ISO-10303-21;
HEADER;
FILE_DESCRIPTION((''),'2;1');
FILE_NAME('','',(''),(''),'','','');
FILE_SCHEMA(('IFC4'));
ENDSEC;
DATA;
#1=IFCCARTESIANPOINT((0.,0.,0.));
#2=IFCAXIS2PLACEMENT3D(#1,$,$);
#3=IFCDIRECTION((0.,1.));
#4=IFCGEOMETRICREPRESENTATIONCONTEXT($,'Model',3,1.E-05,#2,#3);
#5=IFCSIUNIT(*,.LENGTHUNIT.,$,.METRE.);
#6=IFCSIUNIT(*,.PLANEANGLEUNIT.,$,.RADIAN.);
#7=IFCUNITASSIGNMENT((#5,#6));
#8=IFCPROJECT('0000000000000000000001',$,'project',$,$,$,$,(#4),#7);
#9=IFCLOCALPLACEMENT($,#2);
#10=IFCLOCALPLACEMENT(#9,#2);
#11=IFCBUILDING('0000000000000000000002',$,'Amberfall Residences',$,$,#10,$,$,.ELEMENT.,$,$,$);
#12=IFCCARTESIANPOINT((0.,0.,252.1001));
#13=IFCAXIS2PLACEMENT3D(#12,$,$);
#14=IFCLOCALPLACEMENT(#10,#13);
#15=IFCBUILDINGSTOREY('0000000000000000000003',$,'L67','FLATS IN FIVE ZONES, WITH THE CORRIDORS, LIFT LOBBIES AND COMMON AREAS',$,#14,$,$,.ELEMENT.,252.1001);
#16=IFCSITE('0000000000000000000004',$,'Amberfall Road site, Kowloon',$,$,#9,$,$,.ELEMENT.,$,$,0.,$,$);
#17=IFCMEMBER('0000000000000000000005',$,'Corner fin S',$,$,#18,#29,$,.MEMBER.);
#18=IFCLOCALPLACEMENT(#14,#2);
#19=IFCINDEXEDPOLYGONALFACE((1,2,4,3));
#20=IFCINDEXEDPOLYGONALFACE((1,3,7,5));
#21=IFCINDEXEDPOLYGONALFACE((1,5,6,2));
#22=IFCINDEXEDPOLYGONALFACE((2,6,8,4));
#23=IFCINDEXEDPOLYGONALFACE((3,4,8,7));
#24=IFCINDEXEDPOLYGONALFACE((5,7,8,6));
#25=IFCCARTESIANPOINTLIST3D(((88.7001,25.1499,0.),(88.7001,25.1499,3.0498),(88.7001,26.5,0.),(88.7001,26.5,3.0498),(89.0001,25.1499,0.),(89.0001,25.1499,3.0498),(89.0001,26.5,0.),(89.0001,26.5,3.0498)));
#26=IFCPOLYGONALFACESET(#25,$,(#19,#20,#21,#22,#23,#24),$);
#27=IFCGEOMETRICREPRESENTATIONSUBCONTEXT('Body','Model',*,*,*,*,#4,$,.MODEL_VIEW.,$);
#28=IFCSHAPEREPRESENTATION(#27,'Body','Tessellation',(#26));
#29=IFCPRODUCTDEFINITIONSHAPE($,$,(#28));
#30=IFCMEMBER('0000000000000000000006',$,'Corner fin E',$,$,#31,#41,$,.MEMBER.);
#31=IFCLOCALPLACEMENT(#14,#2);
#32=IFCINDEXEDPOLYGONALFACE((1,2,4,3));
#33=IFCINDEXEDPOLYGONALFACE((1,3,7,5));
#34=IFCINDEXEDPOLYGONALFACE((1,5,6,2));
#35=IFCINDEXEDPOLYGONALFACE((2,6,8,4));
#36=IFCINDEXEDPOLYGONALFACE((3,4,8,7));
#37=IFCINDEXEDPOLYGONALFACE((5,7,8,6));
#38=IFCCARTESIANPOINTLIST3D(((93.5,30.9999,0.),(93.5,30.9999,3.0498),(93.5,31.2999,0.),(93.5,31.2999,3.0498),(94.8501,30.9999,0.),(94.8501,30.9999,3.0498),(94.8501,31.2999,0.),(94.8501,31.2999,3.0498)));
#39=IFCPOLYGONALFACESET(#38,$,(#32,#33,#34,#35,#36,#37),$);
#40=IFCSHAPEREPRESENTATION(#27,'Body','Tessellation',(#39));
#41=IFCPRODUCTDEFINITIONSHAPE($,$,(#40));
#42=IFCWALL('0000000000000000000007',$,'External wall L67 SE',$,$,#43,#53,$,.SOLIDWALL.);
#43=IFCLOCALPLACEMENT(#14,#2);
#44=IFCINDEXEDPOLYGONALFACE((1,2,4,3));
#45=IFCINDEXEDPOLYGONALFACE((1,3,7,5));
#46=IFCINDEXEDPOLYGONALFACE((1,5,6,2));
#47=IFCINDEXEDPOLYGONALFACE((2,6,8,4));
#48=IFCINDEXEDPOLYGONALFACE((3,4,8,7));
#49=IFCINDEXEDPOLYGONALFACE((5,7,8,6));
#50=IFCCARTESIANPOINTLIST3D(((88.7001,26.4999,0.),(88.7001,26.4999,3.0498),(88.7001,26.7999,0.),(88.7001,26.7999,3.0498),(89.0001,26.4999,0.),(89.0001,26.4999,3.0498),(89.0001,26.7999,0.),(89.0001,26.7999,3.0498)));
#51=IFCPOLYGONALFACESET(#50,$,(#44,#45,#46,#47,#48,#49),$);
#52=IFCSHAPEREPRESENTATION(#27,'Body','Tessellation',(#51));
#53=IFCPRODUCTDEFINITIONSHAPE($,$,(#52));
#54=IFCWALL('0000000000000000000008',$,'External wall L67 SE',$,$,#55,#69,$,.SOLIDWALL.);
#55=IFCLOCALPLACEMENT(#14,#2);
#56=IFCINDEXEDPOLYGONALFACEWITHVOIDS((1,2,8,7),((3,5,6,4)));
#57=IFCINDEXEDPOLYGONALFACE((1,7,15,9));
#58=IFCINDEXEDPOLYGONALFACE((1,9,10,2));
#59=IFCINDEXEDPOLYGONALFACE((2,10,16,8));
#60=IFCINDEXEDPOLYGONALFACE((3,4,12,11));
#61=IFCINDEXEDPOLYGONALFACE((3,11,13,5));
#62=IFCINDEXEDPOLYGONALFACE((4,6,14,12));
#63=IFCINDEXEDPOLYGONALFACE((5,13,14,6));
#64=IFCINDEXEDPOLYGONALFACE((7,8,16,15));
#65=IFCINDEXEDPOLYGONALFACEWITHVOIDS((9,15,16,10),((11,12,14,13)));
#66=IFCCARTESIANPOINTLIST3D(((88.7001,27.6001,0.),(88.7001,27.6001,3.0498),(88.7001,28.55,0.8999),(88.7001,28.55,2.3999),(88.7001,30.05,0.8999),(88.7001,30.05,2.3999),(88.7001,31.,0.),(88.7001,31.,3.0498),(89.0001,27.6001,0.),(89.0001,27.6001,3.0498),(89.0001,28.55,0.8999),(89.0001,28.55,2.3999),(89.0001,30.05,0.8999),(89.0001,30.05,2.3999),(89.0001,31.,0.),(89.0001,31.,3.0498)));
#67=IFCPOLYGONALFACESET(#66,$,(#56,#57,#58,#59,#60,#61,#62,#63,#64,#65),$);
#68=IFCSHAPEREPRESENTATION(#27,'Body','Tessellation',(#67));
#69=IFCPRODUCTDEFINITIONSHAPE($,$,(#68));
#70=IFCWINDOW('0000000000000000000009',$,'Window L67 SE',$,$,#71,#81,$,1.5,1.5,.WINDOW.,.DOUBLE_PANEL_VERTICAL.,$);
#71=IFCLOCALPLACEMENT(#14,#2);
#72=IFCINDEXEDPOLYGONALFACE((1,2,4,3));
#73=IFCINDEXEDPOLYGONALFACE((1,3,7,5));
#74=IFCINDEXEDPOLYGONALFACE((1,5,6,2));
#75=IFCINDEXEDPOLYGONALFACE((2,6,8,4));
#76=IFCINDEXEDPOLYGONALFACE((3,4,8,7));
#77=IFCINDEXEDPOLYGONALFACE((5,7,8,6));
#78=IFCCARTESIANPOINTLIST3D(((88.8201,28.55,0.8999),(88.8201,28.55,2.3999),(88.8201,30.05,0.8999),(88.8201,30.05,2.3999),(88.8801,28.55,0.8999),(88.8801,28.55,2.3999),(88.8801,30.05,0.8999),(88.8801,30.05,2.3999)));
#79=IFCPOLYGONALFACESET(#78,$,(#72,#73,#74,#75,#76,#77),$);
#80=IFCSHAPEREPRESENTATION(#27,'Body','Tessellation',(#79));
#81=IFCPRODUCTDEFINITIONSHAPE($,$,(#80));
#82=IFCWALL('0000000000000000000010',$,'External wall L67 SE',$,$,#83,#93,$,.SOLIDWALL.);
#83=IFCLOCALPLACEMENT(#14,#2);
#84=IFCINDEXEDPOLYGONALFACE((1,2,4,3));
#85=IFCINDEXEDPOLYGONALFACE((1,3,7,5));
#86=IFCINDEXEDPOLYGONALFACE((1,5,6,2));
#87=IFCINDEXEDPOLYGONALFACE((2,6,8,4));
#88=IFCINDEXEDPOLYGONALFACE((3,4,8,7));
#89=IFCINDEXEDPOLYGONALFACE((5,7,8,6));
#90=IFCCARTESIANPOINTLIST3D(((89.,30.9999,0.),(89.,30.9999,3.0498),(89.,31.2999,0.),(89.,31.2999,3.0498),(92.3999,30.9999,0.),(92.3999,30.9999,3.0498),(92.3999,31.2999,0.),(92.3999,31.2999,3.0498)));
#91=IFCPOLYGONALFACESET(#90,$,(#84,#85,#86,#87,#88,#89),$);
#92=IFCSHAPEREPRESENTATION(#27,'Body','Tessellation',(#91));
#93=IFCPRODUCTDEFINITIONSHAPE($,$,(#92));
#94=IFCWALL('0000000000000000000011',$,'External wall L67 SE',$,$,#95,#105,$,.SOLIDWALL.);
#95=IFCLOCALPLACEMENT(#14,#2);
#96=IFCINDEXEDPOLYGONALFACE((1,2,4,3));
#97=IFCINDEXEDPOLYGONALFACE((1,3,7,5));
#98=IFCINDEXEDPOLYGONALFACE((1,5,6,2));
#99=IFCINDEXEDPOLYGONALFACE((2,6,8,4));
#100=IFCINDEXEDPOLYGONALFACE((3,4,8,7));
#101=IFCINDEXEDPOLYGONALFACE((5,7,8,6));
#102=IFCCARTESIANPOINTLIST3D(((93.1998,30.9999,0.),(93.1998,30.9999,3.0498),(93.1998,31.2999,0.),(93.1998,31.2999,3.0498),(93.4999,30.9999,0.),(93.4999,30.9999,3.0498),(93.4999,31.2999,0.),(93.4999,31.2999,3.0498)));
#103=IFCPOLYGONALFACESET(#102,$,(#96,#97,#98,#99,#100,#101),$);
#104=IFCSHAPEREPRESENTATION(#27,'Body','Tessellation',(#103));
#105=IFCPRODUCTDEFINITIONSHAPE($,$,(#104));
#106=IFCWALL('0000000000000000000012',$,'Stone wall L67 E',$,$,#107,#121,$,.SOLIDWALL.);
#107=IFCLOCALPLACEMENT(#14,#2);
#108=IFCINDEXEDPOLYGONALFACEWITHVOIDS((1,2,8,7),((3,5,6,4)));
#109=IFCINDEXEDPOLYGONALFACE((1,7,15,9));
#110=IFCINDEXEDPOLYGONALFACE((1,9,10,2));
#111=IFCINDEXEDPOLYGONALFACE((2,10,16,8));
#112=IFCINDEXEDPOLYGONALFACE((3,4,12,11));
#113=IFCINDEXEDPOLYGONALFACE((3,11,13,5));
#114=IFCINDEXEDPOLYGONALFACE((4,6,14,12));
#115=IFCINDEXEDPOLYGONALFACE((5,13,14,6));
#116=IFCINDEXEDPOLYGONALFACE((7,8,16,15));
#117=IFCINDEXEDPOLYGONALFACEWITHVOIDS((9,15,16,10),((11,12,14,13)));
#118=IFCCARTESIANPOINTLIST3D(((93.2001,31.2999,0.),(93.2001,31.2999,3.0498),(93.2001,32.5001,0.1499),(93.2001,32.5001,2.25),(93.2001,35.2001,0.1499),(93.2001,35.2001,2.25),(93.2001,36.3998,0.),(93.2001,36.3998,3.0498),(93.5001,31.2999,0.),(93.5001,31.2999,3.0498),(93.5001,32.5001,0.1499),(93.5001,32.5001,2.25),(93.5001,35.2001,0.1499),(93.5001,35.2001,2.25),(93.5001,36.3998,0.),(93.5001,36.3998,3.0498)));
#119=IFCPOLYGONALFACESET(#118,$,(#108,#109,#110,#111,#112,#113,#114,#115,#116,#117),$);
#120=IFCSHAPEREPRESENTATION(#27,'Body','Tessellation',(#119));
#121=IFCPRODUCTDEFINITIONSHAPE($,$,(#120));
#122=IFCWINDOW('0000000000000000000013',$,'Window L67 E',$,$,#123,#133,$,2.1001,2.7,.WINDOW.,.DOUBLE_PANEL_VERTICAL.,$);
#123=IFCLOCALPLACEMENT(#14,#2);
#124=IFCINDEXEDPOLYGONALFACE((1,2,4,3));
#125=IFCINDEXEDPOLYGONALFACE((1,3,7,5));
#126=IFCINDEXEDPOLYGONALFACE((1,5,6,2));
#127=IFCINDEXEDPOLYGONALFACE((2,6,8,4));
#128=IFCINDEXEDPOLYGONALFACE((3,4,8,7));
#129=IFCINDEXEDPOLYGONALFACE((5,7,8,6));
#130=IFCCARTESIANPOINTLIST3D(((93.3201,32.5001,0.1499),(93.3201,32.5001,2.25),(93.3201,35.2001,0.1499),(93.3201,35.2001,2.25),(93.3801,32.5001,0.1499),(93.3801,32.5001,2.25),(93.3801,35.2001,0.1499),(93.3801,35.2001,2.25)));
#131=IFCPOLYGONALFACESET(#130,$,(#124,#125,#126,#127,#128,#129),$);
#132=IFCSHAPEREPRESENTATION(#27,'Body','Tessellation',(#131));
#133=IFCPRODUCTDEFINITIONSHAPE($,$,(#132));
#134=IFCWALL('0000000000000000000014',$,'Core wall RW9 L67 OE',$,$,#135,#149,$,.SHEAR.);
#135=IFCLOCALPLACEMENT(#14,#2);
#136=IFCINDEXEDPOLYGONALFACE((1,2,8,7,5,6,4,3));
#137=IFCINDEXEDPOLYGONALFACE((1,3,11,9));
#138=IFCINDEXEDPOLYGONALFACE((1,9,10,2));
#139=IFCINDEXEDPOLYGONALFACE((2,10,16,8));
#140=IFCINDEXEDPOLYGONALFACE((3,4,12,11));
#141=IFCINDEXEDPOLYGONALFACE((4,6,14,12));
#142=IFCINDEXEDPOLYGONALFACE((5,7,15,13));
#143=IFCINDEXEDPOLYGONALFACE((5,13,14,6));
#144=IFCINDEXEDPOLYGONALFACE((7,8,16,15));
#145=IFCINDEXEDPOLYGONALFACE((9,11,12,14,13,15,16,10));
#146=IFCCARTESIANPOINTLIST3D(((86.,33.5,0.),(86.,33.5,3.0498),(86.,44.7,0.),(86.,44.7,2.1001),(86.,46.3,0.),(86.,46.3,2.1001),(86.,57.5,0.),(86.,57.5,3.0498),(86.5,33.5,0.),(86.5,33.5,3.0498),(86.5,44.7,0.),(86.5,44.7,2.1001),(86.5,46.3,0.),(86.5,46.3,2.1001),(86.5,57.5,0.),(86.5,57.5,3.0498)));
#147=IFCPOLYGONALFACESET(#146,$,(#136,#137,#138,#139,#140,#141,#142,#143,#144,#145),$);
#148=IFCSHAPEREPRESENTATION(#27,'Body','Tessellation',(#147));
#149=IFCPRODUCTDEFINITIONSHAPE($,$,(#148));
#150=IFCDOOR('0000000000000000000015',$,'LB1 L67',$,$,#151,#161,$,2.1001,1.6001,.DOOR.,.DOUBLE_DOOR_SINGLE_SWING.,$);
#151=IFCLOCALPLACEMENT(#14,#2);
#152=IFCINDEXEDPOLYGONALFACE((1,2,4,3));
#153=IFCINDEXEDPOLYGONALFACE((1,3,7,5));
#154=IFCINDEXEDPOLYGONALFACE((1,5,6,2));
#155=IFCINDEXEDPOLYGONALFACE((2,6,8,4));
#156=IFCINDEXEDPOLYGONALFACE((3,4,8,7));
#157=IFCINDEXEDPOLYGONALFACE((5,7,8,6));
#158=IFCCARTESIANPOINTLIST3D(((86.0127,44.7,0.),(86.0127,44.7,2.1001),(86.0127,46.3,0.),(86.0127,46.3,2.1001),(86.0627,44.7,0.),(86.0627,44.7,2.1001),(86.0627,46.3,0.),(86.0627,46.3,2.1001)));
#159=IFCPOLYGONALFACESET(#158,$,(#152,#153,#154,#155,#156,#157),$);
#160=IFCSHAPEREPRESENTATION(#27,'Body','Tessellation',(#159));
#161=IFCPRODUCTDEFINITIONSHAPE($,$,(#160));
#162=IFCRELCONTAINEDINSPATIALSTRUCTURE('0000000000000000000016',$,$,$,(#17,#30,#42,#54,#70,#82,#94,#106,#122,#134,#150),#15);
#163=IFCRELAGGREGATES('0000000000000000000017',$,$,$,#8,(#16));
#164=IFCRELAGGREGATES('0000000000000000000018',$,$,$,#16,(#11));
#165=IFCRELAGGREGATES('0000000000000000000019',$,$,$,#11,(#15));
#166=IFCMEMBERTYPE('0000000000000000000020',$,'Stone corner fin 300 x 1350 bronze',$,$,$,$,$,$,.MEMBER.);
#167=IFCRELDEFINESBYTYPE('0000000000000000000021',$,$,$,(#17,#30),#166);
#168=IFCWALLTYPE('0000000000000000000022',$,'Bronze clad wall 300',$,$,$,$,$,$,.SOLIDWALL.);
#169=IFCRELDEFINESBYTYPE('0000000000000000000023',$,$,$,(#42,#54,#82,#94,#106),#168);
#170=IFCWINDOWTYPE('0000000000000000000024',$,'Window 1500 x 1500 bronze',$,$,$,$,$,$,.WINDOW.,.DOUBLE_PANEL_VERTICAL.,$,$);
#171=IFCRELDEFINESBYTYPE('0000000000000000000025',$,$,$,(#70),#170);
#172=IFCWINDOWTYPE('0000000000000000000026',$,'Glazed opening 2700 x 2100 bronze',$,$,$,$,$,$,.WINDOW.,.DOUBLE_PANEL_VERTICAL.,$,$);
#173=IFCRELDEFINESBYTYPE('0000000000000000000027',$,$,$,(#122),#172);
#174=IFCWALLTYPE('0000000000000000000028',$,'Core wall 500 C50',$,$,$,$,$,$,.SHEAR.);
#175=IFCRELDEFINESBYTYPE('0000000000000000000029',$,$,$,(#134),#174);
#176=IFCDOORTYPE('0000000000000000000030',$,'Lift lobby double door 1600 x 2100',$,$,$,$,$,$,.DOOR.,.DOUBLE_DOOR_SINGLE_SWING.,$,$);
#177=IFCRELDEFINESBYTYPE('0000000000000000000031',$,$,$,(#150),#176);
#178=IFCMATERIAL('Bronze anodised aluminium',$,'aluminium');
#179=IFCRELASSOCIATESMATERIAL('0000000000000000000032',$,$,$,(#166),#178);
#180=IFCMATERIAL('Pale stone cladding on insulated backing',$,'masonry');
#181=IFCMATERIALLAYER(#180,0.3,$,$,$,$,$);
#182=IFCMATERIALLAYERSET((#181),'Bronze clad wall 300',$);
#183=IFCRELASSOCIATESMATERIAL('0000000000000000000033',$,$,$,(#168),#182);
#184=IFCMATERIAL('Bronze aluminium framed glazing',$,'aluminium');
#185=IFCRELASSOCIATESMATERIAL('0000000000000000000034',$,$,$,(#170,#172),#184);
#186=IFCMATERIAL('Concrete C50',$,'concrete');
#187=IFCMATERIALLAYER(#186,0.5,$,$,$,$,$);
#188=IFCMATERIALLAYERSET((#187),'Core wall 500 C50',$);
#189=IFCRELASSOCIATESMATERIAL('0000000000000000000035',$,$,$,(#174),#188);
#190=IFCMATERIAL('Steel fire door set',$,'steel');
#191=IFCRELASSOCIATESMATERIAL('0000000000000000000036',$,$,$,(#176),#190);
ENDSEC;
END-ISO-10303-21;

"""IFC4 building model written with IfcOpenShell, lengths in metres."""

from ifc_helpers import new_model, si_unit, direction, frame, frame_2d, origin, origin_2d, place, context, subcontext, project, spatial, rectangle, extrude, material, layer, layer_set, material_profile, profile_set, type_object, element, fill, save


model = new_model("IFC4")

# Units and contexts
model_context = context("Model", 3, precision=1e-05, world=origin(), true_north=direction((0.0, 1.0)))
body_context = subcontext(model_context, "Body", "Model", "MODEL_VIEW")
ifc_project = project(units=[si_unit("LENGTHUNIT", "METRE"), si_unit("PLANEANGLEUNIT", "RADIAN")], contexts=[model_context])

# Site, building, storey
site_placement = place(None, origin())
site = spatial("IfcSite", under=ifc_project, at=site_placement, Name="Amberfall Road site, Kowloon", CompositionType="ELEMENT", RefElevation=0.0)
building_placement = place(site_placement, origin())
building = spatial("IfcBuilding", under=site, at=building_placement, Name="Amberfall Residences", CompositionType="ELEMENT")
storey_placement = place(building_placement, frame((0.0, 0.0, 252.1001)))
storey = spatial("IfcBuildingStorey", under=building, at=storey_placement, Name="L67", Description="FLATS IN FIVE ZONES, WITH THE CORRIDORS, LIFT LOBBIES AND COMMON AREAS", CompositionType="ELEMENT", Elevation=252.1001)

# Shared definitions
ifc_material_1 = material(Name="Concrete C50", Category="concrete")

# Members
ifc_material_2 = material(Name="Bronze anodised aluminium", Category="aluminium")
ifc_material_profile_1 = material_profile(ifc_material_2, rectangle(XDim=1.3501, YDim=0.3, at=origin_2d()), Name="Stone corner fin 300 x 1350 bronze")
ifc_profile_set_1 = profile_set([ifc_material_profile_1], Name="Bronze anodised aluminium")
member_type = type_object("IfcMemberType", Name="Stone corner fin 300 x 1350 bronze", PredefinedType="MEMBER", material=ifc_profile_set_1)
for number, where, z_axis, x_axis, name in (
    (1, (88.8501, 25.825, 0.0), (0.0, 0.0, 1.0), (0.0, 1.0, 0.0), "Corner fin S"),
    (2, (94.175, 31.1499, 0.0), (0.0, 0.0, 1.0), (-1.0, 0.0, 0.0), "Corner fin E"),
):
    element("IfcMember", number, at=place(storey_placement, frame(where, z_axis=z_axis, x_axis=x_axis)), inside=storey, type_object=member_type, Name=name, PredefinedType="MEMBER", context=body_context, shape_type="SweptSolid", body=[
        extrude(rectangle(XDim=1.3501, YDim=0.3, at=origin_2d()), origin(), (0.0, 0.0, 1.0), 3.0498),
    ])

# Wall
ifc_material_3 = material(Name="Pale stone cladding on insulated backing", Category="masonry")
ifc_layer_1 = layer(ifc_material_3, 0.3)
ifc_layer_set_1 = layer_set([ifc_layer_1], Name="Bronze clad wall 300")
wall_type_1 = type_object("IfcWallType", Name="Bronze clad wall 300", PredefinedType="SOLIDWALL", material=ifc_layer_set_1)
wall_1_placement = place(storey_placement, frame((88.8501, 26.5, 0.0), z_axis=(0.0, 0.0, 1.0), x_axis=(0.0, 1.0, 0.0)))
element("IfcWall", 3, at=wall_1_placement, inside=storey, type_object=wall_type_1, Name="External wall L67 SE", PredefinedType="SOLIDWALL", context=body_context, shape_type="SweptSolid", body=[
    extrude(rectangle(XDim=0.3, YDim=0.3, at=frame_2d((0.1499, 0.0))), origin(), (0.0, 0.0, 1.0), 3.0498),
])

# Wall, opening, window
wall_2_placement = place(storey_placement, frame((88.8501, 27.6001, 0.0), z_axis=(0.0, 0.0, 1.0), x_axis=(0.0, 1.0, 0.0)))
wall_2 = element("IfcWall", 4, at=wall_2_placement, inside=storey, type_object=wall_type_1, Name="External wall L67 SE", PredefinedType="SOLIDWALL", context=body_context, shape_type="SweptSolid", body=[
    extrude(rectangle(XDim=3.3999, YDim=0.3, at=frame_2d((1.7, 0.0))), origin(), (0.0, 0.0, 1.0), 3.0498),
])
opening_1_placement = place(wall_2_placement, frame((0.95, 0.0, 0.8999)))
opening_1 = element("IfcOpeningElement", 5, at=opening_1_placement, cuts=wall_2, PredefinedType="OPENING", context=body_context, shape_type="SweptSolid", body=[
    extrude(rectangle(XDim=1.5, YDim=1.5, at=frame_2d((0.75, 0.75))), frame((0.0, 0.1599, 0.0), z_axis=(0.0, -1.0, 0.0), x_axis=(1.0, 0.0, 0.0)), (0.0, 0.0, 1.0), 0.3201),
])
ifc_material_4 = material(Name="Bronze aluminium framed glazing", Category="aluminium")
window_type_1 = type_object("IfcWindowType", Name="Window 1500 x 1500 bronze", PartitioningType="DOUBLE_PANEL_VERTICAL", PredefinedType="WINDOW", material=ifc_material_4)
window_1_placement = place(opening_1_placement, origin())
window_1 = element("IfcWindow", 6, at=window_1_placement, inside=storey, type_object=window_type_1, Name="Window L67 SE", OverallHeight=1.5, OverallWidth=1.5, PartitioningType="DOUBLE_PANEL_VERTICAL", PredefinedType="WINDOW", context=body_context, shape_type="SweptSolid", body=[
    extrude(rectangle(XDim=1.5, YDim=1.5, at=frame_2d((0.75, 0.75))), frame((0.0, 0.03, 0.0), z_axis=(0.0, -1.0, 0.0), x_axis=(1.0, 0.0, 0.0)), (0.0, 0.0, 1.0), 0.0601),
])
fill(opening_1, window_1)

# Walls
wall_3_placement = place(storey_placement, frame((89.0, 31.1499, 0.0), z_axis=(0.0, 0.0, 1.0), x_axis=(1.0, 0.0, 0.0)))
element("IfcWall", 7, at=wall_3_placement, inside=storey, type_object=wall_type_1, Name="External wall L67 SE", PredefinedType="SOLIDWALL", context=body_context, shape_type="SweptSolid", body=[
    extrude(rectangle(XDim=3.3999, YDim=0.3, at=frame_2d((1.7, 0.0))), origin(), (0.0, 0.0, 1.0), 3.0498),
])
wall_4_placement = place(storey_placement, frame((93.2, 31.1499, 0.0), z_axis=(0.0, 0.0, 1.0), x_axis=(1.0, 0.0, 0.0)))
element("IfcWall", 8, at=wall_4_placement, inside=storey, type_object=wall_type_1, Name="External wall L67 SE", PredefinedType="SOLIDWALL", context=body_context, shape_type="SweptSolid", body=[
    extrude(rectangle(XDim=0.3, YDim=0.3, at=frame_2d((0.1499, 0.0))), origin(), (0.0, 0.0, 1.0), 3.0498),
])

# Wall, opening, window
wall_5_placement = place(storey_placement, frame((93.3501, 31.3, 0.0), z_axis=(0.0, 0.0, 1.0), x_axis=(0.0, 1.0, 0.0)))
wall_5 = element("IfcWall", 9, at=wall_5_placement, inside=storey, type_object=wall_type_1, Name="Stone wall L67 E", PredefinedType="SOLIDWALL", context=body_context, shape_type="SweptSolid", body=[
    extrude(rectangle(XDim=5.0999, YDim=0.3, at=frame_2d((2.5498, 0.0))), origin(), (0.0, 0.0, 1.0), 3.0498),
])
opening_2_placement = place(wall_5_placement, frame((1.2, 0.0, 0.1499)))
opening_2 = element("IfcOpeningElement", 10, at=opening_2_placement, cuts=wall_5, PredefinedType="OPENING", context=body_context, shape_type="SweptSolid", body=[
    extrude(rectangle(XDim=2.7, YDim=2.1001, at=frame_2d((1.3501, 1.05))), frame((0.0, 0.1599, 0.0), z_axis=(0.0, -1.0, 0.0), x_axis=(1.0, 0.0, 0.0)), (0.0, 0.0, 1.0), 0.3201),
])
window_type_2 = type_object("IfcWindowType", Name="Glazed opening 2700 x 2100 bronze", PartitioningType="DOUBLE_PANEL_VERTICAL", PredefinedType="WINDOW", material=ifc_material_4)
window_2_placement = place(opening_2_placement, origin())
window_2 = element("IfcWindow", 11, at=window_2_placement, inside=storey, type_object=window_type_2, Name="Window L67 E", OverallHeight=2.1001, OverallWidth=2.7, PartitioningType="DOUBLE_PANEL_VERTICAL", PredefinedType="WINDOW", context=body_context, shape_type="SweptSolid", body=[
    extrude(rectangle(XDim=2.7, YDim=2.1001, at=frame_2d((1.3501, 1.05))), frame((0.0, 0.03, 0.0), z_axis=(0.0, -1.0, 0.0), x_axis=(1.0, 0.0, 0.0)), (0.0, 0.0, 1.0), 0.0601),
])
fill(opening_2, window_2)

# Wall, opening, door
ifc_layer_2 = layer(ifc_material_1, 0.5)
ifc_layer_set_2 = layer_set([ifc_layer_2], Name="Core wall 500 C50")
wall_type_2 = type_object("IfcWallType", Name="Core wall 500 C50", PredefinedType="SHEAR", material=ifc_layer_set_2)
wall_6_placement = place(storey_placement, frame((86.25, 33.5, 0.0), z_axis=(0.0, 0.0, 1.0), x_axis=(0.0, 1.0, 0.0)))
wall_6 = element("IfcWall", 12, at=wall_6_placement, inside=storey, type_object=wall_type_2, Name="Core wall RW9 L67 OE", PredefinedType="SHEAR", context=body_context, shape_type="SweptSolid", body=[
    extrude(rectangle(XDim=24.0, YDim=0.5, at=frame_2d((12.0, 0.0))), origin(), (0.0, 0.0, 1.0), 3.0498),
])
opening_3_placement = place(wall_6_placement, frame((11.2, 0.0, 0.0)))
opening_3 = element("IfcOpeningElement", 13, at=opening_3_placement, cuts=wall_6, PredefinedType="OPENING", context=body_context, shape_type="SweptSolid", body=[
    extrude(rectangle(XDim=1.6001, YDim=2.1001, at=frame_2d((0.8, 1.05))), frame((0.0, 0.26, 0.0), z_axis=(0.0, -1.0, 0.0), x_axis=(1.0, 0.0, 0.0)), (0.0, 0.0, 1.0), 0.52),
])
ifc_material_5 = material(Name="Steel fire door set", Category="steel")
door_type_1 = type_object("IfcDoorType", Name="Lift lobby double door 1600 x 2100", OperationType="DOUBLE_DOOR_SINGLE_SWING", PredefinedType="DOOR", material=ifc_material_5)
door_1_placement = place(opening_3_placement, origin())
door_1 = element("IfcDoor", 14, at=door_1_placement, inside=storey, type_object=door_type_1, Name="LB1 L67", OperationType="DOUBLE_DOOR_SINGLE_SWING", OverallHeight=2.1001, OverallWidth=1.6001, PredefinedType="DOOR", context=body_context, shape_type="SweptSolid", body=[
    extrude(rectangle(XDim=1.6001, YDim=2.1001, at=frame_2d((0.8, 1.05))), frame((0.0, 0.2373, 0.0), z_axis=(0.0, -1.0, 0.0), x_axis=(1.0, 0.0, 0.0)), (0.0, 0.0, 1.0), 0.05),
])
fill(opening_3, door_1)

save(model, "model.ifc")
